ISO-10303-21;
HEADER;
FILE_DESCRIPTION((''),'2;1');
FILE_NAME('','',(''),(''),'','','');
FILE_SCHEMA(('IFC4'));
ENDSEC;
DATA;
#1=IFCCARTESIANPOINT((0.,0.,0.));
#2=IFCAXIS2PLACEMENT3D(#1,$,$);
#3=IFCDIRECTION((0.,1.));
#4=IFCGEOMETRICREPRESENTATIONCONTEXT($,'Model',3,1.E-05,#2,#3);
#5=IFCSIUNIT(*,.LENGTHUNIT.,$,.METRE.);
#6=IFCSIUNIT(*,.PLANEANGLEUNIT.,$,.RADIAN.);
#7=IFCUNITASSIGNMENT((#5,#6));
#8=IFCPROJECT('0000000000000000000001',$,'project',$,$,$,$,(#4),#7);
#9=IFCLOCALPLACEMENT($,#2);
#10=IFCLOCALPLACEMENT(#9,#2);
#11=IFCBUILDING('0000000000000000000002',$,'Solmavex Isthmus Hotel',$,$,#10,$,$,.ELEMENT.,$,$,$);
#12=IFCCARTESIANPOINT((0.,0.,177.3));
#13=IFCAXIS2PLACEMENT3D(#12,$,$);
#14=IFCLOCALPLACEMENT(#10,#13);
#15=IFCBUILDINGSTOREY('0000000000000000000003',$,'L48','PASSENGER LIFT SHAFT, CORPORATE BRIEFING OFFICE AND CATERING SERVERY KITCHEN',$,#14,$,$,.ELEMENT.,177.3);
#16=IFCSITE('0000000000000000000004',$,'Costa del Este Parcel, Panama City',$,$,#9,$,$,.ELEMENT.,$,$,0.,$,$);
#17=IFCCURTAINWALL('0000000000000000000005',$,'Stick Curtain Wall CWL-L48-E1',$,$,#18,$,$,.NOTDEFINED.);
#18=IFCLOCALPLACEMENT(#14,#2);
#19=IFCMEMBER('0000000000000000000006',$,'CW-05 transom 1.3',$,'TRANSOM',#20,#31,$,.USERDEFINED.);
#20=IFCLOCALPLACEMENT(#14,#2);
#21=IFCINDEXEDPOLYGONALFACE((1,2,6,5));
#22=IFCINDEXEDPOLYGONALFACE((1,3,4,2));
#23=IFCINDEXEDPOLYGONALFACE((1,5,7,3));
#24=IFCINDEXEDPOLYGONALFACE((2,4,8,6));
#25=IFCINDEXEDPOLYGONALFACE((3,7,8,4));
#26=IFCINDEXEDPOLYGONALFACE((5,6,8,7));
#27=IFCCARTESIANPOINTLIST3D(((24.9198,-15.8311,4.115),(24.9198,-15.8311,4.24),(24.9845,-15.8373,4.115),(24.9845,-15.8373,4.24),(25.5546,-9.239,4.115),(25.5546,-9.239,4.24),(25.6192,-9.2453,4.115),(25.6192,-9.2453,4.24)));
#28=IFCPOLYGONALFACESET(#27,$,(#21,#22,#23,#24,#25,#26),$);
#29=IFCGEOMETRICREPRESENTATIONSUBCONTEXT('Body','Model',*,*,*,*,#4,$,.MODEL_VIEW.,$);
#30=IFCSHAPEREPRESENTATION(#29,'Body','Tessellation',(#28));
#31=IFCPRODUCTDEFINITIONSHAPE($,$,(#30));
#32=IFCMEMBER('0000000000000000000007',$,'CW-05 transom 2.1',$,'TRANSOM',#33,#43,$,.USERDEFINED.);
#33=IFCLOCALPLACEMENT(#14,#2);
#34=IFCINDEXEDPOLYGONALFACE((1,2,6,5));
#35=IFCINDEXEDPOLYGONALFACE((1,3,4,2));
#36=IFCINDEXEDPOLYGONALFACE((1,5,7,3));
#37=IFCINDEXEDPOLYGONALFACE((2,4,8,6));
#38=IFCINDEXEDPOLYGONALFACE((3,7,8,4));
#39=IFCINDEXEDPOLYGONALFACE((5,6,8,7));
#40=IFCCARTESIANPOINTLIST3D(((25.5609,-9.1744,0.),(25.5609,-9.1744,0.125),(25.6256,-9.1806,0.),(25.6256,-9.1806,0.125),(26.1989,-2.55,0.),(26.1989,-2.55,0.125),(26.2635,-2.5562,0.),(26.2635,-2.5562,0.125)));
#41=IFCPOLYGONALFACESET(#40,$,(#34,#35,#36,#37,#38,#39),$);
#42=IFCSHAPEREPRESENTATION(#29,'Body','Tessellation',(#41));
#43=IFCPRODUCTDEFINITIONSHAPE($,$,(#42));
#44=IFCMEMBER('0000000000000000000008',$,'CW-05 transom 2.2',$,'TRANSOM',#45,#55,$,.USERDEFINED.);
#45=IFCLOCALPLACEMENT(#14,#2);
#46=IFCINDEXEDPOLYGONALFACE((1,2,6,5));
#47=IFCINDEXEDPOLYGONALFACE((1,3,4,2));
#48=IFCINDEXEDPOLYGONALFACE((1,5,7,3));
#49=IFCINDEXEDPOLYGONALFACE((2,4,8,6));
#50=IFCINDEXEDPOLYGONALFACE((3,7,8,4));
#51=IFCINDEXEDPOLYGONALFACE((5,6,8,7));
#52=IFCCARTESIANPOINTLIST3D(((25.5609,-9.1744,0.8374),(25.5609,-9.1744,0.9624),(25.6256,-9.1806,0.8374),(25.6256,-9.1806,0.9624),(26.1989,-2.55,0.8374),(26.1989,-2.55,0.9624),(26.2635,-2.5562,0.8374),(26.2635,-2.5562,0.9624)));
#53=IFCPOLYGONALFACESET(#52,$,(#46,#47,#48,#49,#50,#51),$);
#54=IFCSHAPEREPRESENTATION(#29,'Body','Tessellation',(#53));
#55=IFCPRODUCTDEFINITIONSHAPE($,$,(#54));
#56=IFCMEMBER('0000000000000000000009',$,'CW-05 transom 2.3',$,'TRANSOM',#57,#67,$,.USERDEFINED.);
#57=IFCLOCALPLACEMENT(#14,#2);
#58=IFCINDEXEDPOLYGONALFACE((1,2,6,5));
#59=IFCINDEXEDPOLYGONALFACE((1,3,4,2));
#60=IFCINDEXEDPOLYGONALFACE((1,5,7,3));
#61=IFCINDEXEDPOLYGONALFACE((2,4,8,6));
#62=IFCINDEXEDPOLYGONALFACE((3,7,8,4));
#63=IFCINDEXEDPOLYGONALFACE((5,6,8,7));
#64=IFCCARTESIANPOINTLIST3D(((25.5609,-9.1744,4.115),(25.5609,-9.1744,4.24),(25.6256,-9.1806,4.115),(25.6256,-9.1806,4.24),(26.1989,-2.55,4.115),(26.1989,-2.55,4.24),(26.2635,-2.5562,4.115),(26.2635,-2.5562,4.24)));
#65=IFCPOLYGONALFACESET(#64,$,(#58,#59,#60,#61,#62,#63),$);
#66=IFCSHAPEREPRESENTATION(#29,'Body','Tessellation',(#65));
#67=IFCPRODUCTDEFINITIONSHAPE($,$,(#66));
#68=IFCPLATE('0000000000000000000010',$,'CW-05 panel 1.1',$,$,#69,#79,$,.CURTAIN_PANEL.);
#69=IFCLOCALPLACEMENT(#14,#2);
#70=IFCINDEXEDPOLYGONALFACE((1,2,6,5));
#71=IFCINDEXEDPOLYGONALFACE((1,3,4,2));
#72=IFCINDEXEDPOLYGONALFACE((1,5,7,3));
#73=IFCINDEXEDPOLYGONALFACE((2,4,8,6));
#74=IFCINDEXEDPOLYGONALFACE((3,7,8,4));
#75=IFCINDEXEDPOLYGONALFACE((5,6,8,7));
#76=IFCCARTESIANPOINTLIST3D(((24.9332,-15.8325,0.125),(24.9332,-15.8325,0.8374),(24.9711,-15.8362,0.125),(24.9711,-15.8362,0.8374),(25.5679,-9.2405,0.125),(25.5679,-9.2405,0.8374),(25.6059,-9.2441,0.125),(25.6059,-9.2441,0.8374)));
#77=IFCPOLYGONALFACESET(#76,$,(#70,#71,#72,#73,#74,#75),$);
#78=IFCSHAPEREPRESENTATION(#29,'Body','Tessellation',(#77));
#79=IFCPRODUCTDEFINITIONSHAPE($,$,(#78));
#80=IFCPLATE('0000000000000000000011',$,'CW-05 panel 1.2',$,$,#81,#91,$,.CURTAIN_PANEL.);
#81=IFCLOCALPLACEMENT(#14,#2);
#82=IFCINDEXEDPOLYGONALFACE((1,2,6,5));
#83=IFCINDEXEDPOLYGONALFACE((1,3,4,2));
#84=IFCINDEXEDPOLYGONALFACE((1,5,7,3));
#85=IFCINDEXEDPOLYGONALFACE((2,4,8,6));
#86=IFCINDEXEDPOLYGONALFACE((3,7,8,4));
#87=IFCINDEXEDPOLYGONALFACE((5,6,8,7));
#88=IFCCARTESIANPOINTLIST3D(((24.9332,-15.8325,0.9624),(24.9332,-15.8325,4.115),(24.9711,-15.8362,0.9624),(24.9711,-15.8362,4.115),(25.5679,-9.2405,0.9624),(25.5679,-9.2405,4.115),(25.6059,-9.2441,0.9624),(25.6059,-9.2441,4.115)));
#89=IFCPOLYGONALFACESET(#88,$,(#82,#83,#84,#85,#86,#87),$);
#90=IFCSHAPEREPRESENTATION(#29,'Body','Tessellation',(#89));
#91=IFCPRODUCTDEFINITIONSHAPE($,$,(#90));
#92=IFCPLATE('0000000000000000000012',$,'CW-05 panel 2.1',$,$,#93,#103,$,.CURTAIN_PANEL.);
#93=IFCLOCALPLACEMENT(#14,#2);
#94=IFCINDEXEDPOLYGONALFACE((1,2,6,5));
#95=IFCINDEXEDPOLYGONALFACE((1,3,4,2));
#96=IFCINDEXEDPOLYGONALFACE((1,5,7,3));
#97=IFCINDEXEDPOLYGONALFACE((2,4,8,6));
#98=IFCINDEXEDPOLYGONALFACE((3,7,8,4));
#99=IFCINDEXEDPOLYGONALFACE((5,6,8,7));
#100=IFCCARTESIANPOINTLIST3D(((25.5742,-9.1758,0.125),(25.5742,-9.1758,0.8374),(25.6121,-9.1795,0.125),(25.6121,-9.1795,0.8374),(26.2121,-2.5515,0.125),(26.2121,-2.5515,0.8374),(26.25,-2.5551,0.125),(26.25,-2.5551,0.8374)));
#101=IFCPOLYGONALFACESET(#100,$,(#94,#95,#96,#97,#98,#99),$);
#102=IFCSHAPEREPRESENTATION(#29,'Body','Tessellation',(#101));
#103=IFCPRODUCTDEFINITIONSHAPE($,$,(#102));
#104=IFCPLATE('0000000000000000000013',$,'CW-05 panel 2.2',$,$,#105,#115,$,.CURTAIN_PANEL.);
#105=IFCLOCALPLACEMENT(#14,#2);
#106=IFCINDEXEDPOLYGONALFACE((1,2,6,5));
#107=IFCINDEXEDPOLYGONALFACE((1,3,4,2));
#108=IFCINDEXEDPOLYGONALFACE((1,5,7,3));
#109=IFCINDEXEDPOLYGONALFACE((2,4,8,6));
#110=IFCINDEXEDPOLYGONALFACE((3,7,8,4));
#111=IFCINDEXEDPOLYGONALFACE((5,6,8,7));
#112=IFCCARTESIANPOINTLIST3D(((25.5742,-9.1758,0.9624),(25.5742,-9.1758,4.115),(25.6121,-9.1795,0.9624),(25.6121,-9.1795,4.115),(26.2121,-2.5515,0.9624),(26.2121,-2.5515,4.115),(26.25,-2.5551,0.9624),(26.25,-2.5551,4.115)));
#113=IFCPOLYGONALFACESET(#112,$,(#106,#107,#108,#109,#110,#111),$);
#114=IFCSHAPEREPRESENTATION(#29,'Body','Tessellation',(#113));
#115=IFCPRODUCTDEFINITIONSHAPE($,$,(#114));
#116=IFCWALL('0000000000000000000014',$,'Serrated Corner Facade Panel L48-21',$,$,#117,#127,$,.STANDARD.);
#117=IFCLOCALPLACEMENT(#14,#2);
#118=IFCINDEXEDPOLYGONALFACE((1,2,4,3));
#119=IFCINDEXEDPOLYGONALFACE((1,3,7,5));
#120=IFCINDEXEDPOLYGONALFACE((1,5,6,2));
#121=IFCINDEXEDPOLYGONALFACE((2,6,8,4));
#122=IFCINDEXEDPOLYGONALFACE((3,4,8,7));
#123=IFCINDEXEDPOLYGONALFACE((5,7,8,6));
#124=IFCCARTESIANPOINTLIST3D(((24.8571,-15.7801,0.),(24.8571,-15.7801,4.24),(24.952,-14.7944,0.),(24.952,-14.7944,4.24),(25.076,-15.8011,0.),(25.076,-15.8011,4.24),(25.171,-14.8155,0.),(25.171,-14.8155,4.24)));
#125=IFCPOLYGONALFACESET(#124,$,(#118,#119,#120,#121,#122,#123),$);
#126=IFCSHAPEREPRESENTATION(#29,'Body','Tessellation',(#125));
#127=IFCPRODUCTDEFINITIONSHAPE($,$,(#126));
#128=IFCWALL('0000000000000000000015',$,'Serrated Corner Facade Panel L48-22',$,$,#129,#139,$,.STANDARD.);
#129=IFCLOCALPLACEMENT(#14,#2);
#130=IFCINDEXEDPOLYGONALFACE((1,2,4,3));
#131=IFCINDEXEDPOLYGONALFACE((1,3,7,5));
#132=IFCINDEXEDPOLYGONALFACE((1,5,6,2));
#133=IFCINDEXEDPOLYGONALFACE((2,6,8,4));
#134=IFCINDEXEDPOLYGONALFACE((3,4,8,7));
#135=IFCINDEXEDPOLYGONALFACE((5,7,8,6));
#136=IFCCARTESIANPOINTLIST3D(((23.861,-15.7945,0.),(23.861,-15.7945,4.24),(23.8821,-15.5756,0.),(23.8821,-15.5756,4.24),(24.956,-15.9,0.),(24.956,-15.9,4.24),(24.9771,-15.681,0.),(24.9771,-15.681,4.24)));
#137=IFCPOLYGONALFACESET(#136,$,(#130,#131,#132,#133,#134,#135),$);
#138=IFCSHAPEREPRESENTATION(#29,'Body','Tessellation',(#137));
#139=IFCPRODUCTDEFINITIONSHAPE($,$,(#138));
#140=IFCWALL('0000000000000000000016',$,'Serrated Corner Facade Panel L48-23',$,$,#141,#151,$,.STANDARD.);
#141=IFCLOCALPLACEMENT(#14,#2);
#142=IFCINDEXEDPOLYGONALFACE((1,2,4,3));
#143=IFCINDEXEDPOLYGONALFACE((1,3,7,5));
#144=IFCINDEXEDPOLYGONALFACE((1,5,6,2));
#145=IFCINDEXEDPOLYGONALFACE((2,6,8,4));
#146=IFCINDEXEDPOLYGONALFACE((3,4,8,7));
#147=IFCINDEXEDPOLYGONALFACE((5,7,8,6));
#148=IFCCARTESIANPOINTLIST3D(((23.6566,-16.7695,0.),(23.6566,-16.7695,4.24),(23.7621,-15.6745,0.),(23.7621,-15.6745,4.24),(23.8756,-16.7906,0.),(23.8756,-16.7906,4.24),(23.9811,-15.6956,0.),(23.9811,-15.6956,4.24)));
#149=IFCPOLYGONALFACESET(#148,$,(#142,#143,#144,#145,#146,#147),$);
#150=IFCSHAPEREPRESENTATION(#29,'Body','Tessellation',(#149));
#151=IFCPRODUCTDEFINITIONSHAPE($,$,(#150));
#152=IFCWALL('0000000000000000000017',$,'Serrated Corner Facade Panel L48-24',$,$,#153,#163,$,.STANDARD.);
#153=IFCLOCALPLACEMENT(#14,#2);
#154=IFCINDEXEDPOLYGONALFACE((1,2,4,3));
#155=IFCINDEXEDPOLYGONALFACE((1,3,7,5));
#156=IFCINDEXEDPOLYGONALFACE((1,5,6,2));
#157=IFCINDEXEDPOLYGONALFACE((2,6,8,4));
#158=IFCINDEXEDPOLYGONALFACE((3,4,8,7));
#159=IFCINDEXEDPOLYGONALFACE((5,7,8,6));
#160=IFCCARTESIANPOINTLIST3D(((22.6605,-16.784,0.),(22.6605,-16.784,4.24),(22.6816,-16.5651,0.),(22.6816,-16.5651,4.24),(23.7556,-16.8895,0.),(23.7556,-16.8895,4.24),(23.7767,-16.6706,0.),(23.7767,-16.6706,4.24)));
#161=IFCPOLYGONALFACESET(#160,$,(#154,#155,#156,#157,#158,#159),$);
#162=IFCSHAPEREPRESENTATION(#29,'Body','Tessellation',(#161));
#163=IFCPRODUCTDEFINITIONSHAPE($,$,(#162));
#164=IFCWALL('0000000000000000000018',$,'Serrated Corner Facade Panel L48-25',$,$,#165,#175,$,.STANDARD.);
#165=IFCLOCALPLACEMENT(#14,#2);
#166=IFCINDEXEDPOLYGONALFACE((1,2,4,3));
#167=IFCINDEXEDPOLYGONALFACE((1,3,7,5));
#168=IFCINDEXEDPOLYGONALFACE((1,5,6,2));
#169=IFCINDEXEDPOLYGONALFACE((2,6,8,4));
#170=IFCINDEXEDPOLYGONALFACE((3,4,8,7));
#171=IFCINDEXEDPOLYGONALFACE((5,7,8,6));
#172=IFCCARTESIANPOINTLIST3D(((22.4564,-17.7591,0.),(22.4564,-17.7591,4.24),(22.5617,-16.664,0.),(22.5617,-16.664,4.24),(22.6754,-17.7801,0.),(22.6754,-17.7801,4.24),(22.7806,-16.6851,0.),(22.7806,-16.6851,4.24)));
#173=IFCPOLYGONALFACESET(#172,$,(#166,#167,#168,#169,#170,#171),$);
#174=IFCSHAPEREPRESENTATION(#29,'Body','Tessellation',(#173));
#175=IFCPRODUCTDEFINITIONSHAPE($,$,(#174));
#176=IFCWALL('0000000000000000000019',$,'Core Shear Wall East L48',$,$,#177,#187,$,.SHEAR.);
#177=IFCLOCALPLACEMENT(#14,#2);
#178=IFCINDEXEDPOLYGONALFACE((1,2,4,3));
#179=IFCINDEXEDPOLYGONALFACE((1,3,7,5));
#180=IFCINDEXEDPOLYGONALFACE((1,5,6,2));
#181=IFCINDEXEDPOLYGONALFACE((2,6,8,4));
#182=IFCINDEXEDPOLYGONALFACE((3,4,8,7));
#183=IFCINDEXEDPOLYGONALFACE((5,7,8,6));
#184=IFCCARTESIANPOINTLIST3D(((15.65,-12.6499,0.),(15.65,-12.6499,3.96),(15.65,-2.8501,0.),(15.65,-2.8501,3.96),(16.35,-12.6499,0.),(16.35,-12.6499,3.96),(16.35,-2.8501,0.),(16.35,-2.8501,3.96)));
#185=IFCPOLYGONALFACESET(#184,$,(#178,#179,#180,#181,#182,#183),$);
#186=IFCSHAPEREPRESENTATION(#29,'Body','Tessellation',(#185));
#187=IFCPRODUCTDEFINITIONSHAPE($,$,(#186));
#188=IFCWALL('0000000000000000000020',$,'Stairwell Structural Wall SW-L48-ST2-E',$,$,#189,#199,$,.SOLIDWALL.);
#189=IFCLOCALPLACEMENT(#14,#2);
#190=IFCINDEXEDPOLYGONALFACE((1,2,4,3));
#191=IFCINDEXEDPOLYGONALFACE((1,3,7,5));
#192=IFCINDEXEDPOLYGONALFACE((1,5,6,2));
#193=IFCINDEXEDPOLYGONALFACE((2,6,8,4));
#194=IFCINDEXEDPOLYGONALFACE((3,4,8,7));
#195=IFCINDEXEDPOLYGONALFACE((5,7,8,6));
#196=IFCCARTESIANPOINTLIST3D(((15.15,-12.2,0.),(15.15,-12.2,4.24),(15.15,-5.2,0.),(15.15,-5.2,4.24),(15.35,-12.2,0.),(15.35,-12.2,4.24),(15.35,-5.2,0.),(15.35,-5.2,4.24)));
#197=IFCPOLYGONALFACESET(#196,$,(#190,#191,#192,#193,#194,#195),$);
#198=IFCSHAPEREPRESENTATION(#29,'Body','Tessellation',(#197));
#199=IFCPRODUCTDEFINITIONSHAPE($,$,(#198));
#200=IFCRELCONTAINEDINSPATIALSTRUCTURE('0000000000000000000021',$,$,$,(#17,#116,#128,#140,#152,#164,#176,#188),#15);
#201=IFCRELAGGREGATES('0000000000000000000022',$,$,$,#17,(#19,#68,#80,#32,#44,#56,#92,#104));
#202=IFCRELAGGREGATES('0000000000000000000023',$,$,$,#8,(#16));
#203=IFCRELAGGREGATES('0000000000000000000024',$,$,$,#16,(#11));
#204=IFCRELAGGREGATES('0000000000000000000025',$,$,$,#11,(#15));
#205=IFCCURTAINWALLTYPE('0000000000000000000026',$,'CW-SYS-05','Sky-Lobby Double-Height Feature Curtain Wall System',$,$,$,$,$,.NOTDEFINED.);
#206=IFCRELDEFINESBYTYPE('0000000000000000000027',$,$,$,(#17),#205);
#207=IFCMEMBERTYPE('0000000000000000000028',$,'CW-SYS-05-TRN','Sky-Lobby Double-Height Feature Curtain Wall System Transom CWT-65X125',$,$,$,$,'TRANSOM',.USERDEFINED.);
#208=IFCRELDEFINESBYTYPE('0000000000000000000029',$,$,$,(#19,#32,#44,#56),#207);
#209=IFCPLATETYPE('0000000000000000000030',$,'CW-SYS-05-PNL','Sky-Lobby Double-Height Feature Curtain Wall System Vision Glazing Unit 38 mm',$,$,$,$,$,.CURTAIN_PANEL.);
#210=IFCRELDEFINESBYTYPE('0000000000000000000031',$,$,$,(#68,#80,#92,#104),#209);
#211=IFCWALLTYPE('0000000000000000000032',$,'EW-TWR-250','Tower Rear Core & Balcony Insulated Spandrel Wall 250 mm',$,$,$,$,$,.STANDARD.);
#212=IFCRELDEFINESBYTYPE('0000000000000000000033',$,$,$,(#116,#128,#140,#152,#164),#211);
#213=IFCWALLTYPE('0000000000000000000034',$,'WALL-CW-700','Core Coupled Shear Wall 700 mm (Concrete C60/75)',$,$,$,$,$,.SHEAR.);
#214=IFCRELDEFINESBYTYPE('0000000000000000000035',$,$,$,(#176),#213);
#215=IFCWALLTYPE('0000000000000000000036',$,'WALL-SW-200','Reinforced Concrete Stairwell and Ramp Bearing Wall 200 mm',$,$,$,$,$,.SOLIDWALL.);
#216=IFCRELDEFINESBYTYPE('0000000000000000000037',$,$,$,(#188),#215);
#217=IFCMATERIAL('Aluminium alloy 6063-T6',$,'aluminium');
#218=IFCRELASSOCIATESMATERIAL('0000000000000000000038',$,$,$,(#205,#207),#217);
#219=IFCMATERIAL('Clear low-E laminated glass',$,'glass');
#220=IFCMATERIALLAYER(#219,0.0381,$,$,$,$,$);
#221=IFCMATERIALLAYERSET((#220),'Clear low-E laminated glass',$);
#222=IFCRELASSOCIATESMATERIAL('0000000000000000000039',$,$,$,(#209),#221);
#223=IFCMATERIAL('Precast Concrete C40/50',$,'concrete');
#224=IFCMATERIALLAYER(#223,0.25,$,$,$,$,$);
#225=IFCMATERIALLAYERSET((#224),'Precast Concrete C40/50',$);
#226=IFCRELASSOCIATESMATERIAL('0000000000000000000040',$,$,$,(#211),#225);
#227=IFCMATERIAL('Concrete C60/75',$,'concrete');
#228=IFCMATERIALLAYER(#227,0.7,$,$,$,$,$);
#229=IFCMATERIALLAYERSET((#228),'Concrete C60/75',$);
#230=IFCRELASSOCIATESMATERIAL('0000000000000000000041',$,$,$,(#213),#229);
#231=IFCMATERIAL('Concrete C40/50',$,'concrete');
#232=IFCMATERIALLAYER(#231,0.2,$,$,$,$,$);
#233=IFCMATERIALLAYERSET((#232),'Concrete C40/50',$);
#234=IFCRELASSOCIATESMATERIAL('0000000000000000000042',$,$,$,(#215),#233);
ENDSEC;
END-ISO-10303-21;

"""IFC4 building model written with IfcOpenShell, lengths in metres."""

from ifc_helpers import new_model, si_unit, direction, frame, frame_2d, origin, origin_2d, place, context, subcontext, project, spatial, rectangle, extrude, material, layer, layer_set, material_profile, profile_set, type_object, element, aggregate, save


model = new_model("IFC4")

# Units and contexts
model_context = context("Model", 3, precision=1e-05, world=origin(), true_north=direction((0.0, 1.0)))
body_context = subcontext(model_context, "Body", "Model", "MODEL_VIEW")
ifc_project = project(units=[si_unit("LENGTHUNIT", "METRE"), si_unit("PLANEANGLEUNIT", "RADIAN")], contexts=[model_context])

# Site, building, storey
site_placement = place(None, origin())
site = spatial("IfcSite", under=ifc_project, at=site_placement, Name="Costa del Este Parcel, Panama City", CompositionType="ELEMENT", RefElevation=0.0)
building_placement = place(site_placement, origin())
building = spatial("IfcBuilding", under=site, at=building_placement, Name="Solmavex Isthmus Hotel", CompositionType="ELEMENT")
storey_placement = place(building_placement, frame((0.0, 0.0, 177.3)))
storey = spatial("IfcBuildingStorey", under=building, at=storey_placement, Name="L48", Description="PASSENGER LIFT SHAFT, CORPORATE BRIEFING OFFICE AND CATERING SERVERY KITCHEN", CompositionType="ELEMENT", Elevation=177.3)

# Shared definitions
ifc_material_1 = material(Name="Concrete C60/75", Category="concrete")

# Curtain wall, members, plates
ifc_material_2 = material(Name="Aluminium alloy 6063-T6", Category="aluminium")
curtain_wall_type = type_object("IfcCurtainWallType", Name="CW-SYS-05", Description="Sky-Lobby Double-Height Feature Curtain Wall System", PredefinedType="NOTDEFINED", material=ifc_material_2)
curtain_wall_placement = place(storey_placement, origin())
curtain_wall = element("IfcCurtainWall", 1, at=curtain_wall_placement, inside=storey, type_object=curtain_wall_type, Name="Stick Curtain Wall CWL-L48-E1", PredefinedType="NOTDEFINED")
ifc_material_profile_1 = material_profile(ifc_material_2, rectangle(XDim=0.0649, YDim=0.125, at=origin_2d()), Name="CWT-65X125")
ifc_profile_set_1 = profile_set([ifc_material_profile_1], Name="Aluminium alloy 6063-T6")
member_type_1 = type_object("IfcMemberType", Name="CW-SYS-05-TRN", Description="Sky-Lobby Double-Height Feature Curtain Wall System Transom CWT-65X125", ElementType="TRANSOM", PredefinedType="USERDEFINED", material=ifc_profile_set_1)
member_1_placement = place(storey_placement, frame((24.9521, -15.8342, 4.1775), z_axis=(0.095849, 0.995396, 0.0), x_axis=(-0.995396, 0.095849, 0.0)))
member_1 = element("IfcMember", 2, at=member_1_placement, type_object=member_type_1, Name="CW-05 transom 1.3", ObjectType="TRANSOM", PredefinedType="USERDEFINED", context=body_context, shape_type="SweptSolid", body=[
    extrude(rectangle(XDim=0.0649, YDim=0.125, at=origin_2d()), origin(), (0.0, 0.0, 1.0), 6.6226),
])
member_2_placement = place(storey_placement, frame((25.5933, -9.1775, 0.0625), z_axis=(0.09586, 0.995395, 0.0), x_axis=(-0.995395, 0.09586, 0.0)))
member_2 = element("IfcMember", 3, at=member_2_placement, type_object=member_type_1, Name="CW-05 transom 2.1", ObjectType="TRANSOM", PredefinedType="USERDEFINED", context=body_context, shape_type="SweptSolid", body=[
    extrude(rectangle(XDim=0.0649, YDim=0.125, at=origin_2d()), origin(), (0.0, 0.0, 1.0), 6.655),
])
member_3_placement = place(storey_placement, frame((25.5933, -9.1775, 0.8999), z_axis=(0.09586, 0.995395, 0.0), x_axis=(-0.995395, 0.09586, 0.0)))
member_3 = element("IfcMember", 4, at=member_3_placement, type_object=member_type_1, Name="CW-05 transom 2.2", ObjectType="TRANSOM", PredefinedType="USERDEFINED", context=body_context, shape_type="SweptSolid", body=[
    extrude(rectangle(XDim=0.0649, YDim=0.125, at=origin_2d()), origin(), (0.0, 0.0, 1.0), 6.655),
])
member_4_placement = place(storey_placement, frame((25.5933, -9.1775, 4.1775), z_axis=(0.09586, 0.995395, 0.0), x_axis=(-0.995395, 0.09586, 0.0)))
member_4 = element("IfcMember", 5, at=member_4_placement, type_object=member_type_1, Name="CW-05 transom 2.3", ObjectType="TRANSOM", PredefinedType="USERDEFINED", context=body_context, shape_type="SweptSolid", body=[
    extrude(rectangle(XDim=0.0649, YDim=0.125, at=origin_2d()), origin(), (0.0, 0.0, 1.0), 6.655),
])
ifc_material_3 = material(Name="Clear low-E laminated glass", Category="glass")
ifc_layer_1 = layer(ifc_material_3, 0.0381)
ifc_layer_set_1 = layer_set([ifc_layer_1], Name="Clear low-E laminated glass")
plate_type = type_object("IfcPlateType", Name="CW-SYS-05-PNL", Description="Sky-Lobby Double-Height Feature Curtain Wall System Vision Glazing Unit 38 mm", PredefinedType="CURTAIN_PANEL", material=ifc_layer_set_1)
plate_1_placement = place(storey_placement, frame((25.2695, -12.5383, 0.125), z_axis=(0.0, 0.0, 1.0), x_axis=(0.095846, 0.995396, 0.0)))
plate_1 = element("IfcPlate", 6, at=plate_1_placement, type_object=plate_type, Name="CW-05 panel 1.1", PredefinedType="CURTAIN_PANEL", context=body_context, shape_type="SweptSolid", body=[
    extrude(rectangle(XDim=6.6226, YDim=0.0381, at=origin_2d()), origin(), (0.0, 0.0, 1.0), 0.7124),
])
plate_2_placement = place(storey_placement, frame((25.2695, -12.5383, 0.9624), z_axis=(0.0, 0.0, 1.0), x_axis=(0.095846, 0.995396, 0.0)))
plate_2 = element("IfcPlate", 7, at=plate_2_placement, type_object=plate_type, Name="CW-05 panel 1.2", PredefinedType="CURTAIN_PANEL", context=body_context, shape_type="SweptSolid", body=[
    extrude(rectangle(XDim=6.6226, YDim=0.0381, at=origin_2d()), origin(), (0.0, 0.0, 1.0), 3.1526),
])
plate_3_placement = place(storey_placement, frame((25.9121, -5.8655, 0.125), z_axis=(0.0, 0.0, 1.0), x_axis=(0.095846, 0.995396, 0.0)))
plate_3 = element("IfcPlate", 8, at=plate_3_placement, type_object=plate_type, Name="CW-05 panel 2.1", PredefinedType="CURTAIN_PANEL", context=body_context, shape_type="SweptSolid", body=[
    extrude(rectangle(XDim=6.655, YDim=0.0381, at=origin_2d()), origin(), (0.0, 0.0, 1.0), 0.7124),
])
plate_4_placement = place(storey_placement, frame((25.9121, -5.8655, 0.9624), z_axis=(0.0, 0.0, 1.0), x_axis=(0.095846, 0.995396, 0.0)))
plate_4 = element("IfcPlate", 9, at=plate_4_placement, type_object=plate_type, Name="CW-05 panel 2.2", PredefinedType="CURTAIN_PANEL", context=body_context, shape_type="SweptSolid", body=[
    extrude(rectangle(XDim=6.655, YDim=0.0381, at=origin_2d()), origin(), (0.0, 0.0, 1.0), 3.1526),
])
aggregate(curtain_wall, [member_1, plate_1, plate_2, member_2, member_3, member_4, plate_3, plate_4])

# Walls
ifc_material_4 = material(Name="Precast Concrete C40/50", Category="concrete")
ifc_layer_2 = layer(ifc_material_4, 0.25)
ifc_layer_set_2 = layer_set([ifc_layer_2], Name="Precast Concrete C40/50")
wall_type_1 = type_object("IfcWallType", Name="EW-TWR-250", Description="Tower Rear Core & Balcony Insulated Spandrel Wall 250 mm", PredefinedType="STANDARD", material=ifc_layer_set_2)
wall_1_placement = place(storey_placement, frame((25.0615, -14.8049, 0.0), z_axis=(0.0, 0.0, 1.0), x_axis=(-0.095914, -0.99539, 0.0)))
element("IfcWall", 10, at=wall_1_placement, inside=storey, type_object=wall_type_1, Name="Serrated Corner Facade Panel L48-21", PredefinedType="STANDARD", context=body_context, shape_type="SweptSolid", body=[
    extrude(rectangle(XDim=0.9902, YDim=0.22, at=frame_2d((0.4951, 0.0))), origin(), (0.0, 0.0, 1.0), 4.24),
])
for number, where, z_axis, x_axis, name in (
    (11, (24.9666, -15.7905, 0.0), (0.0, 0.0, 1.0), (-0.995393, 0.095877, 0.0), "Serrated Corner Facade Panel L48-22"),
    (12, (23.8716, -15.6851, 0.0), (0.0, 0.0, 1.0), (-0.095877, -0.995393, 0.0), "Serrated Corner Facade Panel L48-23"),
    (13, (23.7661, -16.78, 0.0), (0.0, 0.0, 1.0), (-0.995393, 0.095877, 0.0), "Serrated Corner Facade Panel L48-24"),
    (14, (22.6711, -16.6746, 0.0), (0.0, 0.0, 1.0), (-0.095657, -0.995414, 0.0), "Serrated Corner Facade Panel L48-25"),
):
    element("IfcWall", number, at=place(storey_placement, frame(where, z_axis=z_axis, x_axis=x_axis)), inside=storey, type_object=wall_type_1, Name=name, PredefinedType="STANDARD", context=body_context, shape_type="SweptSolid", body=[
        extrude(rectangle(XDim=1.1001, YDim=0.22, at=frame_2d((0.55, 0.0))), origin(), (0.0, 0.0, 1.0), 4.24),
    ])
ifc_layer_3 = layer(ifc_material_1, 0.7)
ifc_layer_set_3 = layer_set([ifc_layer_3], Name="Concrete C60/75")
wall_type_2 = type_object("IfcWallType", Name="WALL-CW-700", Description="Core Coupled Shear Wall 700 mm (Concrete C60/75)", PredefinedType="SHEAR", material=ifc_layer_set_3)
wall_2_placement = place(storey_placement, frame((16.0, -12.6499, 0.0), z_axis=(0.0, 0.0, 1.0), x_axis=(0.0, 1.0, 0.0)))
element("IfcWall", 15, at=wall_2_placement, inside=storey, type_object=wall_type_2, Name="Core Shear Wall East L48", PredefinedType="SHEAR", context=body_context, shape_type="SweptSolid", body=[
    extrude(rectangle(XDim=9.7998, YDim=0.7, at=frame_2d((4.8999, 0.0))), origin(), (0.0, 0.0, 1.0), 3.96),
])
ifc_material_5 = material(Name="Concrete C40/50", Category="concrete")
ifc_layer_4 = layer(ifc_material_5, 0.2)
ifc_layer_set_4 = layer_set([ifc_layer_4], Name="Concrete C40/50")
wall_type_3 = type_object("IfcWallType", Name="WALL-SW-200", Description="Reinforced Concrete Stairwell and Ramp Bearing Wall 200 mm", PredefinedType="SOLIDWALL", material=ifc_layer_set_4)
wall_3_placement = place(storey_placement, frame((15.25, -12.2, 0.0), z_axis=(0.0, 0.0, 1.0), x_axis=(0.0, 1.0, 0.0)))
element("IfcWall", 16, at=wall_3_placement, inside=storey, type_object=wall_type_3, Name="Stairwell Structural Wall SW-L48-ST2-E", PredefinedType="SOLIDWALL", context=body_context, shape_type="SweptSolid", body=[
    extrude(rectangle(XDim=7.0, YDim=0.2, at=frame_2d((3.5, 0.0))), origin(), (0.0, 0.0, 1.0), 4.24),
])

save(model, "model.ifc")
